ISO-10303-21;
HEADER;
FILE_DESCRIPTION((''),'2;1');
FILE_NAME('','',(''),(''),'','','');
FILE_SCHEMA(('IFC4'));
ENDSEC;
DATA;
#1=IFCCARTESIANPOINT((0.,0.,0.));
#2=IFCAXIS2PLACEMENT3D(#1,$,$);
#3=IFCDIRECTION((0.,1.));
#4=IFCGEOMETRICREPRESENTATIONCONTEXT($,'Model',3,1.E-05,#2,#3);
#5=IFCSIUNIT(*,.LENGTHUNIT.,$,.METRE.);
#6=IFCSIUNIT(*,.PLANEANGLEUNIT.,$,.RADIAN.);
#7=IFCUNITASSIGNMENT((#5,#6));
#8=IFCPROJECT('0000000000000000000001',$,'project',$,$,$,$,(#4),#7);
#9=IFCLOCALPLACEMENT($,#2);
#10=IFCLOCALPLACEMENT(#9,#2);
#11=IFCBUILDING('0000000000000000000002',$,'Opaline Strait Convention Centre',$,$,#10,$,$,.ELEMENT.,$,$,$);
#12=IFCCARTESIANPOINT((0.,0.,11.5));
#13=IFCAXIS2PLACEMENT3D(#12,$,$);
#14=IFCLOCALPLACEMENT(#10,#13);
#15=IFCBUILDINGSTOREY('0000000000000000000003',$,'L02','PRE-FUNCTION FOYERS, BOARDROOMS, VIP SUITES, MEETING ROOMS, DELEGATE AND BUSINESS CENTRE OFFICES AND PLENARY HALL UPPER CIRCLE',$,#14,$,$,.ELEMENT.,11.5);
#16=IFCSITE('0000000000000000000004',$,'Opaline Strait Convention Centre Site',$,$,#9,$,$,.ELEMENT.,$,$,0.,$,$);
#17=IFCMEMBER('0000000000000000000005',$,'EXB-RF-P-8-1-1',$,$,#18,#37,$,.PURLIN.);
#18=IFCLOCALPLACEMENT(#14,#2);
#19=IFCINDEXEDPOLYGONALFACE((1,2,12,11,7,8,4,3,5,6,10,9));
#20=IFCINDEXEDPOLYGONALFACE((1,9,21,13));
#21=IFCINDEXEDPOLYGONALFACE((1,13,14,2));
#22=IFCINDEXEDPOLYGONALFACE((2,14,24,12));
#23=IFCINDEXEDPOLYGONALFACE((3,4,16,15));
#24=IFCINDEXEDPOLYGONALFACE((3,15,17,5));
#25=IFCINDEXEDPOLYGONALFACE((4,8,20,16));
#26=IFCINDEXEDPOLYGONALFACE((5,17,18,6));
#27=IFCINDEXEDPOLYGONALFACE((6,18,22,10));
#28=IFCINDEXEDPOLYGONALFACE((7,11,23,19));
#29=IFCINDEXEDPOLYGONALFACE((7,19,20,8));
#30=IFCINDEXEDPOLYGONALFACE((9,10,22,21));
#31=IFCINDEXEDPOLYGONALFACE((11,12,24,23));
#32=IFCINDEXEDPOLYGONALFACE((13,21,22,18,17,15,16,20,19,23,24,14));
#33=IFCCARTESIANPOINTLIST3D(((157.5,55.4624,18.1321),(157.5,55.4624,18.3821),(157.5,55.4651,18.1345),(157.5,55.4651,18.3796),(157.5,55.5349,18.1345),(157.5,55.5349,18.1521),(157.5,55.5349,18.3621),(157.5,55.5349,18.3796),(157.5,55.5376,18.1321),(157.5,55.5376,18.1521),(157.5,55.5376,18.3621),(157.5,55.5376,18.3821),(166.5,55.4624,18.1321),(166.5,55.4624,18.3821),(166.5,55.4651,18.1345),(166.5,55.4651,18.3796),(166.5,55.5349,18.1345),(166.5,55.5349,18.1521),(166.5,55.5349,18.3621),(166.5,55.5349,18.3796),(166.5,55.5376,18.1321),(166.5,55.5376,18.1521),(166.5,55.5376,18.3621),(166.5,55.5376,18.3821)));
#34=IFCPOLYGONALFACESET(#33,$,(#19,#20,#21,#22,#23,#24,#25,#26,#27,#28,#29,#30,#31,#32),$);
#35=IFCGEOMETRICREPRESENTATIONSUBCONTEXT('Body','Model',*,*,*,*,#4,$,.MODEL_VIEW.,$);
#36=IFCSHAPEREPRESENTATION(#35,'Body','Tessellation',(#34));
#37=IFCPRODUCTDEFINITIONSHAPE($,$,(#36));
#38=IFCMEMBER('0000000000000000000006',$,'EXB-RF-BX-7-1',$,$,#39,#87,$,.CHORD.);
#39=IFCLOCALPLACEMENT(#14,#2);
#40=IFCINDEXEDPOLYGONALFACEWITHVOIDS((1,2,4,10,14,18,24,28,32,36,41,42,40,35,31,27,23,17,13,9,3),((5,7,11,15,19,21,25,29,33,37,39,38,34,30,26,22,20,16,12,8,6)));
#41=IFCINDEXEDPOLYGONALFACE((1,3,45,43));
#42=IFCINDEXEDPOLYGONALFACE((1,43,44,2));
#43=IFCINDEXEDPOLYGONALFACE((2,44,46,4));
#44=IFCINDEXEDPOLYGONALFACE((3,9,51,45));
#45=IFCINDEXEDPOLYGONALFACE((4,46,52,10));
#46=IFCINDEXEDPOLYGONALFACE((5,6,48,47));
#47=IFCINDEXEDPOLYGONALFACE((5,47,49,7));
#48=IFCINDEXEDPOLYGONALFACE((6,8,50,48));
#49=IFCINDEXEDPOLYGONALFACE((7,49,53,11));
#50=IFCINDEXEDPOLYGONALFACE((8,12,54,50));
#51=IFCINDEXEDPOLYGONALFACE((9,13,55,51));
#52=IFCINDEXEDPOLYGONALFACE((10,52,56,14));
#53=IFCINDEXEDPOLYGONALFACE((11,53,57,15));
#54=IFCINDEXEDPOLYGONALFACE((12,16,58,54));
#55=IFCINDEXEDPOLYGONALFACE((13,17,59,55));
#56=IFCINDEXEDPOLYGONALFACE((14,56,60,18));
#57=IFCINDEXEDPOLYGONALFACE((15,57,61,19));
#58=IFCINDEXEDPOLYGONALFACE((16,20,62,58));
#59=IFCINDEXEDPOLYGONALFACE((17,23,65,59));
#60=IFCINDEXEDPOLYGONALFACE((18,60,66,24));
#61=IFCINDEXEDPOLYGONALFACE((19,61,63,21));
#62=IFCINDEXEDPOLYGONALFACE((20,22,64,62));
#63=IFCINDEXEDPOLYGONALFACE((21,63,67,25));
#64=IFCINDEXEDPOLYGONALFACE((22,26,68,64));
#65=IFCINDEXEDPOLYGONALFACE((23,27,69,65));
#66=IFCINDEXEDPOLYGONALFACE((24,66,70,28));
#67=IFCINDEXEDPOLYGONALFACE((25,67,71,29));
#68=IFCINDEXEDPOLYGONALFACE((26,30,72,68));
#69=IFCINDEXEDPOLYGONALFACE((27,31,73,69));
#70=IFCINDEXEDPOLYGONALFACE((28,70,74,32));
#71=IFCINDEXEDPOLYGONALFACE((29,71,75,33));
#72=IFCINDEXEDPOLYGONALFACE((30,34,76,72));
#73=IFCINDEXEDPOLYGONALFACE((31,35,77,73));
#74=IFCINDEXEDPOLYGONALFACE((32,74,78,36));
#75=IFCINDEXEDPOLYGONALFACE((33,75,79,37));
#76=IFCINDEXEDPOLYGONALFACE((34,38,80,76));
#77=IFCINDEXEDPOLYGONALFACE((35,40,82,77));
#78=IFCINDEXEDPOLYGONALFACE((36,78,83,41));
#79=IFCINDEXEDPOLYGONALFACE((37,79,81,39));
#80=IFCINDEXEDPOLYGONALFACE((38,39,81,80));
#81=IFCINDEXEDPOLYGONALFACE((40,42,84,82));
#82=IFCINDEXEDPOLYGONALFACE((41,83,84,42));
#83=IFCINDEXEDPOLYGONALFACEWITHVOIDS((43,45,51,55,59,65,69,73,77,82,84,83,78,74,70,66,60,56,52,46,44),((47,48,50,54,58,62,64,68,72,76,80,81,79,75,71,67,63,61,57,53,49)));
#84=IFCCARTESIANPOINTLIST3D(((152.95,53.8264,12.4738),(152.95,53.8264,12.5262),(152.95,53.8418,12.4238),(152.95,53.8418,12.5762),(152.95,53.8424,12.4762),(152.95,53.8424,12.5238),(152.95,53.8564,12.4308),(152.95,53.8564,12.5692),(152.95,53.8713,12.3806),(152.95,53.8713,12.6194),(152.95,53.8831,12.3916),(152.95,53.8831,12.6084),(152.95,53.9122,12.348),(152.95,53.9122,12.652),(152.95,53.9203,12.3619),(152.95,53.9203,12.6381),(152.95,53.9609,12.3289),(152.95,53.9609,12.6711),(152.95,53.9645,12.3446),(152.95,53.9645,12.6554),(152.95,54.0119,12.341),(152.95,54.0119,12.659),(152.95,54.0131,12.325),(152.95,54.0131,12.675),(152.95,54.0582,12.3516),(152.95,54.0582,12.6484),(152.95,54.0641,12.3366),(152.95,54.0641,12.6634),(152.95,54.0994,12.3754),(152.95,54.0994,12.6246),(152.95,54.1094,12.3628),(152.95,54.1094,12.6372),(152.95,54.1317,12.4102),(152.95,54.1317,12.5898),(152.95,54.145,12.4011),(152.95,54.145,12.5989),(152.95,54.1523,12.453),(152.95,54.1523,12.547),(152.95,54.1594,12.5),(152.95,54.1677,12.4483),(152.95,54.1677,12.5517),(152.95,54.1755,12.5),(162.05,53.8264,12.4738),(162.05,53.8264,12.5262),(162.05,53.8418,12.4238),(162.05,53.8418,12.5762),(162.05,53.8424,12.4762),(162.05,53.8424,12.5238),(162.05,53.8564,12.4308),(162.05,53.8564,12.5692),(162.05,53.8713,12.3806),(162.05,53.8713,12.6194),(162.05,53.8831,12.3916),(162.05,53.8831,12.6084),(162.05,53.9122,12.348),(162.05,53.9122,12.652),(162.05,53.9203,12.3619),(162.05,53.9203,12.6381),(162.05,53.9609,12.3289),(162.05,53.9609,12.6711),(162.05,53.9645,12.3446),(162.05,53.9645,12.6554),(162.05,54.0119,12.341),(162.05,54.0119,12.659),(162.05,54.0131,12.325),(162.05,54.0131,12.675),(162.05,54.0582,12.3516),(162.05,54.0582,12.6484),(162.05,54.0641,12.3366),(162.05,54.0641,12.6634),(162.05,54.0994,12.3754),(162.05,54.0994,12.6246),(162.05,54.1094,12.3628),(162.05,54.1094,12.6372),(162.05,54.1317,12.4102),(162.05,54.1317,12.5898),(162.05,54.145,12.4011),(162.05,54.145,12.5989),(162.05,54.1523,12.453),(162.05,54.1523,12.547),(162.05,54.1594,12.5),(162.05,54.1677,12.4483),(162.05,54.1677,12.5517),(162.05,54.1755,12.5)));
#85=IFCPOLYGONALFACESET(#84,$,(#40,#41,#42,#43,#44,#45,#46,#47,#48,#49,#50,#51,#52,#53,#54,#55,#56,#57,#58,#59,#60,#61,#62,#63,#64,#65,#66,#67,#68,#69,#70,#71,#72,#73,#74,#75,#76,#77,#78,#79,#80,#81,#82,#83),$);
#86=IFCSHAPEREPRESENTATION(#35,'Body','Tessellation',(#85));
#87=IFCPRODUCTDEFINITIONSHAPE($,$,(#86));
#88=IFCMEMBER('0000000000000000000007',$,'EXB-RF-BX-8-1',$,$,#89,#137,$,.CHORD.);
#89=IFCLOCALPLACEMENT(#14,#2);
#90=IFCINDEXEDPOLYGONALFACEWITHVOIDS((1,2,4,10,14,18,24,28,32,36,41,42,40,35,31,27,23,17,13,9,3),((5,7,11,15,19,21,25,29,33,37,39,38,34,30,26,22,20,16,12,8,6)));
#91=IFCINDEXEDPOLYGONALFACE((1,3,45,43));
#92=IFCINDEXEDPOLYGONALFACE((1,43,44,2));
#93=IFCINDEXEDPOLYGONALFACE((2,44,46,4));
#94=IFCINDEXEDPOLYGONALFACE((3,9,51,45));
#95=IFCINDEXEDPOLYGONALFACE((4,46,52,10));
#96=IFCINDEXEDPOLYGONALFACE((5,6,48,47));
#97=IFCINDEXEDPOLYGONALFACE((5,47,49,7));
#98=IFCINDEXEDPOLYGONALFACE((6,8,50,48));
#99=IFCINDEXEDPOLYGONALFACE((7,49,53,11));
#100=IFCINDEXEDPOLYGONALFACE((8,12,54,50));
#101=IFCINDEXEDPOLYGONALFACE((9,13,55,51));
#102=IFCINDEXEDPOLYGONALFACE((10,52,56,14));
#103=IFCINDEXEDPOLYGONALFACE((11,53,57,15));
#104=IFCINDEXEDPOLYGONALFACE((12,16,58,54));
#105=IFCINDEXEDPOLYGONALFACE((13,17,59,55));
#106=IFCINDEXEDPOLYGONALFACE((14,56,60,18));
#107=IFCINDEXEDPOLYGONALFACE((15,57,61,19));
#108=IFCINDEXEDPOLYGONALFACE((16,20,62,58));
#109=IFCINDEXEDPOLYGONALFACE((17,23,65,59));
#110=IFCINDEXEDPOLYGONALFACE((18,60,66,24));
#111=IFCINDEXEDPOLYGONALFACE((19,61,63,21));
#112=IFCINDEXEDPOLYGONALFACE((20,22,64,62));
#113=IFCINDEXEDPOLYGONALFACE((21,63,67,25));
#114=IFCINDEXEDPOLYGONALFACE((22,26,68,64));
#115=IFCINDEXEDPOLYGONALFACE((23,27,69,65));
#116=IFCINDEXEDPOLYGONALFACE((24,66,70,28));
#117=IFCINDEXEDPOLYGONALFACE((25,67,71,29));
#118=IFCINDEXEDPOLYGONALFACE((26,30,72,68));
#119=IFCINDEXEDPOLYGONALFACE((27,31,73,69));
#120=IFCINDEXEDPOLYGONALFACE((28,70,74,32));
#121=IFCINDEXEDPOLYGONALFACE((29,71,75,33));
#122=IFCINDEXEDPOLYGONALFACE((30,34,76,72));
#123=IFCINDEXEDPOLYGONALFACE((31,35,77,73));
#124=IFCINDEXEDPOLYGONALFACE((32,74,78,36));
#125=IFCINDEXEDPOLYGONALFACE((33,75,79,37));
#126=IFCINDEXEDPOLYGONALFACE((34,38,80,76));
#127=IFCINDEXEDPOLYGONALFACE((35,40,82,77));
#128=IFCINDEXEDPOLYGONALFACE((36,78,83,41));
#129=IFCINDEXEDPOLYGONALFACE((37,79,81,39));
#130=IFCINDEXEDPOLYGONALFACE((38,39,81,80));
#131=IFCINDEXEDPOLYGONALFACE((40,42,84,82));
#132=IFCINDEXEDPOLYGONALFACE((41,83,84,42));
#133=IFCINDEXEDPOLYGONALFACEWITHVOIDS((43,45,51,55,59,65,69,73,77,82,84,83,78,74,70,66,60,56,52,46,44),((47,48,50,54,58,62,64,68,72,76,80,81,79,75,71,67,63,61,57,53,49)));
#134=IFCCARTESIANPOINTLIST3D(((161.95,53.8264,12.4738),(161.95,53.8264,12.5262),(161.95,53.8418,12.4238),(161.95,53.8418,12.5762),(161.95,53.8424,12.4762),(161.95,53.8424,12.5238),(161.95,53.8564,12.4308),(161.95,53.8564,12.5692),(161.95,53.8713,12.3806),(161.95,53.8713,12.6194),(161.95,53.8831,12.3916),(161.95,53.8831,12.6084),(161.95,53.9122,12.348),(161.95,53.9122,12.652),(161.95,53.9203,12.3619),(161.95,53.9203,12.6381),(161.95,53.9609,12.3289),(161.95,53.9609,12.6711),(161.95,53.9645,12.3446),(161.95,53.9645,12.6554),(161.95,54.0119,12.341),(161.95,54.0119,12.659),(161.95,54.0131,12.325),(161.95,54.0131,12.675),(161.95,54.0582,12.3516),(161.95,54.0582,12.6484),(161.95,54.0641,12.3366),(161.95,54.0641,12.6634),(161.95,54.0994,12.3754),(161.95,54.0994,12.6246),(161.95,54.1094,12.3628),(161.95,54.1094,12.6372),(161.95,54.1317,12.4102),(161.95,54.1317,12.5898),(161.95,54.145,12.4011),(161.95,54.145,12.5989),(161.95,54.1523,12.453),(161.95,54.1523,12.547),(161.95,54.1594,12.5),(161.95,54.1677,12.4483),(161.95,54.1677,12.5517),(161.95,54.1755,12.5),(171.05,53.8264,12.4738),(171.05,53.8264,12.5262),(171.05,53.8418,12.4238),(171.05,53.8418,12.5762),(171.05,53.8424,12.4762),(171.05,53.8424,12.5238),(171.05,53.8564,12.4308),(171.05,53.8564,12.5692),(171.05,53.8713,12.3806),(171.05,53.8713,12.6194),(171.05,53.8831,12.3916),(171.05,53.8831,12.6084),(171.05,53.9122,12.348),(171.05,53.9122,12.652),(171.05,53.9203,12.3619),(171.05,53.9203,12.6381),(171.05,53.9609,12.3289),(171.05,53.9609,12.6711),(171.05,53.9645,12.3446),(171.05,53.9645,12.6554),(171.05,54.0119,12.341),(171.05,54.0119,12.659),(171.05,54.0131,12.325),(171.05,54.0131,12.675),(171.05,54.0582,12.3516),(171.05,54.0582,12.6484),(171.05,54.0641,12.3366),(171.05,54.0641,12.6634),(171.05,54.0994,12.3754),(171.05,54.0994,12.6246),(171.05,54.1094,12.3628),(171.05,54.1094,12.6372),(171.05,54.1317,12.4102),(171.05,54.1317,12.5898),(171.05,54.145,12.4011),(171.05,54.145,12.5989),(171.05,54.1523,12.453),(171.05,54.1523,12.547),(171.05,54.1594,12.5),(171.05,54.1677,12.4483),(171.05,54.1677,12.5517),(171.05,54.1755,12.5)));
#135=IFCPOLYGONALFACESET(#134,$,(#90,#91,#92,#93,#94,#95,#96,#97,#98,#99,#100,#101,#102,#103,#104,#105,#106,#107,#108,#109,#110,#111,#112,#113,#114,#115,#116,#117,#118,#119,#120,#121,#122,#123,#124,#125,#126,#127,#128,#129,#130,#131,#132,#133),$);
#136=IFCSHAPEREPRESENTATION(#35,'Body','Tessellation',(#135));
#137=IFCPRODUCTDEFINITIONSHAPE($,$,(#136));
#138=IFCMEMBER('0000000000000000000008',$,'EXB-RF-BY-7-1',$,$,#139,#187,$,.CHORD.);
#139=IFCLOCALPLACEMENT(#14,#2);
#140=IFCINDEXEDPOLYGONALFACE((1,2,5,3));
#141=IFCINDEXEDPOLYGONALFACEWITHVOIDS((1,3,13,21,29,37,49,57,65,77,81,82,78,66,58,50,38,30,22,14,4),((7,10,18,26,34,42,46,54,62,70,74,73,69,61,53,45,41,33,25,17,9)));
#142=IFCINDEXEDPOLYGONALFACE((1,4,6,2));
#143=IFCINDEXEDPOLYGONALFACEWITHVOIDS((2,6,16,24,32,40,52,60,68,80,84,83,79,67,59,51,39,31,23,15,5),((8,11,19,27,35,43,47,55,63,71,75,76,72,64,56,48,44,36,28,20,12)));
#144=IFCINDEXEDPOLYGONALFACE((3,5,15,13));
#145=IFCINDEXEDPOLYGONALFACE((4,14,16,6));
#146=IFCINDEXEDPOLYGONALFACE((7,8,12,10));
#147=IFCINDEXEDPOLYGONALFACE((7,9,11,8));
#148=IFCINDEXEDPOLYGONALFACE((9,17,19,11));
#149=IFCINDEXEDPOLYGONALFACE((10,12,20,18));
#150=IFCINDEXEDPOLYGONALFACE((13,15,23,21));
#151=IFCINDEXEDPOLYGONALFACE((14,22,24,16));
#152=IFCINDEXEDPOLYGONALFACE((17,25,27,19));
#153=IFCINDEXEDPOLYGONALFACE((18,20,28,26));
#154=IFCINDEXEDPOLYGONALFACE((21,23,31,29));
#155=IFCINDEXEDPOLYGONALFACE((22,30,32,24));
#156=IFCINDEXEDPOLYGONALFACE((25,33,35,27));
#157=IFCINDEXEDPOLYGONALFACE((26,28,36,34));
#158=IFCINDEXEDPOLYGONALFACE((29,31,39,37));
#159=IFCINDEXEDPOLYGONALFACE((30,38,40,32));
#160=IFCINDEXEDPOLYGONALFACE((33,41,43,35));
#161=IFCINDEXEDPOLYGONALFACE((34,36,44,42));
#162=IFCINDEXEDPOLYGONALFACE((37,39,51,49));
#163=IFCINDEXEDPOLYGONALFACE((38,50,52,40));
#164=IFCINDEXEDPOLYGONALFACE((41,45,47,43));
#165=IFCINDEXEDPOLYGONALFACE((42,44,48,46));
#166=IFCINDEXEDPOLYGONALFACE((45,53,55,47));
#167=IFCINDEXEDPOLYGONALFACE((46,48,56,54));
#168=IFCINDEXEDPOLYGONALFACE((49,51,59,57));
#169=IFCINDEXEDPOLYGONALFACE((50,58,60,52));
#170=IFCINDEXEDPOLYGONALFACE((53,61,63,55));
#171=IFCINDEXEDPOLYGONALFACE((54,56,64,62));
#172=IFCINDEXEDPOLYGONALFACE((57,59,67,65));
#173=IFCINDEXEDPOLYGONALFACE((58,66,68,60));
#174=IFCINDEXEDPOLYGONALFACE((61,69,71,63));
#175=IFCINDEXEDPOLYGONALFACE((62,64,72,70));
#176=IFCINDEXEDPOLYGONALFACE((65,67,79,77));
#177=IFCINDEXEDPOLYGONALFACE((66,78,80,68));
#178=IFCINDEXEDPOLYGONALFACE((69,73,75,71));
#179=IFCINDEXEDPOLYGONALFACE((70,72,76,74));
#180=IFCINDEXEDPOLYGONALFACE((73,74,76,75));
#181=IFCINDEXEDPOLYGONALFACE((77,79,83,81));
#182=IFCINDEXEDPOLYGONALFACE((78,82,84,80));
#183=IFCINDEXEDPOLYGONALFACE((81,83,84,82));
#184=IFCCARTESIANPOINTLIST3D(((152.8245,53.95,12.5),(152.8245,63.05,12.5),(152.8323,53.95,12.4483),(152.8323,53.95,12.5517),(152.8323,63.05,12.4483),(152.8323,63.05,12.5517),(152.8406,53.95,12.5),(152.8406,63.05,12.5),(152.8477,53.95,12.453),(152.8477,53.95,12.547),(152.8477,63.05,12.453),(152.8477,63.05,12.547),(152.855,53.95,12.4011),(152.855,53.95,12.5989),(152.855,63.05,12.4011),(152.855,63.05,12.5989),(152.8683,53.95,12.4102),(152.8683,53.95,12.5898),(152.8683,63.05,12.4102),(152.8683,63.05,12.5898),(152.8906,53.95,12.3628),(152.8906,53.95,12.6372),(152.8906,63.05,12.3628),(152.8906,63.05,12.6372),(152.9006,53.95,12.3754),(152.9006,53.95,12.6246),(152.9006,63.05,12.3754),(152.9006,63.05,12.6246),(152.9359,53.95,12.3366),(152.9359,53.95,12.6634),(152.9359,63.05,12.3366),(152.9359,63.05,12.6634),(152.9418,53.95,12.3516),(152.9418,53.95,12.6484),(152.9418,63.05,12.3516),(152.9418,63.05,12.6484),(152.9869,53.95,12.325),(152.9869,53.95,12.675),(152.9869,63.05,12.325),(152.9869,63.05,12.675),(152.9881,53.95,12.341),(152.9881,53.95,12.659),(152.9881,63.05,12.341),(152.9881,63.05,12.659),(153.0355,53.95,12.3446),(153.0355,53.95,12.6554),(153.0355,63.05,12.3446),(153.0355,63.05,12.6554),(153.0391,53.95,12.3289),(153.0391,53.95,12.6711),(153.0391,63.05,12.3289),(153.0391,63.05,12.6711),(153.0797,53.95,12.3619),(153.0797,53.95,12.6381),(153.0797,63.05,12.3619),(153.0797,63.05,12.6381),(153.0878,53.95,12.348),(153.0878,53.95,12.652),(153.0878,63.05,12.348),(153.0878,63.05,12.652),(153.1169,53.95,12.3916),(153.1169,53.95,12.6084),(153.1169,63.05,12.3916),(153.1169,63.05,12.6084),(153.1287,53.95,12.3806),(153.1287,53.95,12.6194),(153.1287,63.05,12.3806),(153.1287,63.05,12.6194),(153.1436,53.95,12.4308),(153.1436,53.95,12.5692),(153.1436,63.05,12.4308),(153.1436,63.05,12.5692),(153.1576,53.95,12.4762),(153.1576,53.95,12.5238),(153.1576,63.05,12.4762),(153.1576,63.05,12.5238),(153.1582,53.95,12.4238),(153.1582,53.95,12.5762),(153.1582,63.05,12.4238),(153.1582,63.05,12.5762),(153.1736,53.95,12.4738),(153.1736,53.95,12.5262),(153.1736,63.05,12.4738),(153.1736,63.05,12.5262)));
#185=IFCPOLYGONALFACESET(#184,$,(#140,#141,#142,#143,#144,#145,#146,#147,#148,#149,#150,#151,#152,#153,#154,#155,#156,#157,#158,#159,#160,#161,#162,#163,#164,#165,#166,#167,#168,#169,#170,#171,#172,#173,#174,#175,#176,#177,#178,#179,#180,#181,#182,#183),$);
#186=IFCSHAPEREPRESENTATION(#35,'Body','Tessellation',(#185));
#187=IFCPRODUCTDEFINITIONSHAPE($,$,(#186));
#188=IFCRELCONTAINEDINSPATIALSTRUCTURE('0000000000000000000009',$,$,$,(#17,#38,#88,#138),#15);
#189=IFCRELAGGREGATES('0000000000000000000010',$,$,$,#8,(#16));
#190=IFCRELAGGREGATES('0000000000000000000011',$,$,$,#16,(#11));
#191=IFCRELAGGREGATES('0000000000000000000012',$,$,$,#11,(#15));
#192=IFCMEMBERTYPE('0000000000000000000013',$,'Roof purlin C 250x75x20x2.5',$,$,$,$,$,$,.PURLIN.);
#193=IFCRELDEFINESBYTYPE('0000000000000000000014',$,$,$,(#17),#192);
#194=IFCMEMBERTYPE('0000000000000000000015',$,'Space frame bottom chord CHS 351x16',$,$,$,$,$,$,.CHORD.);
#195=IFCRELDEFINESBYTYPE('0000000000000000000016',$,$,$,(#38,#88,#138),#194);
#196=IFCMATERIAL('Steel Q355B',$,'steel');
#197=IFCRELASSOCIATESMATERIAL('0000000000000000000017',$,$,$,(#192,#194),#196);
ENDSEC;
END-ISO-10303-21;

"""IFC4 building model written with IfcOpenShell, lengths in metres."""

from ifc_helpers import new_model, si_unit, direction, frame, origin, origin_2d, place, context, subcontext, project, spatial, polyline, hollow_circle, outline, extrude, material, material_profile, profile_set, type_object, element, save


model = new_model("IFC4")

# Units and contexts
model_context = context("Model", 3, precision=1e-05, world=origin(), true_north=direction((0.0, 1.0)))
body_context = subcontext(model_context, "Body", "Model", "MODEL_VIEW")
ifc_project = project(units=[si_unit("LENGTHUNIT", "METRE"), si_unit("PLANEANGLEUNIT", "RADIAN")], contexts=[model_context])

# Site, building, storey
site_placement = place(None, origin())
site = spatial("IfcSite", under=ifc_project, at=site_placement, Name="Opaline Strait Convention Centre Site", CompositionType="ELEMENT", RefElevation=0.0)
building_placement = place(site_placement, origin())
building = spatial("IfcBuilding", under=site, at=building_placement, Name="Opaline Strait Convention Centre", CompositionType="ELEMENT")
storey_placement = place(building_placement, frame((0.0, 0.0, 11.5)))
storey = spatial("IfcBuildingStorey", under=building, at=storey_placement, Name="L02", Description="PRE-FUNCTION FOYERS, BOARDROOMS, VIP SUITES, MEETING ROOMS, DELEGATE AND BUSINESS CENTRE OFFICES AND PLENARY HALL UPPER CIRCLE", CompositionType="ELEMENT", Elevation=11.5)

# Members
ifc_material_1 = material(Name="Steel Q355B", Category="steel")
ifc_material_profile_1 = material_profile(ifc_material_1, outline(polyline([(-0.0376, -0.125), (0.0376, -0.125), (0.0376, -0.105), (0.0349, -0.105), (0.0349, -0.1226), (-0.0349, -0.1226), (-0.0349, 0.1226), (0.0349, 0.1226), (0.0349, 0.105), (0.0376, 0.105), (0.0376, 0.125), (-0.0376, 0.125), (-0.0376, -0.125)])), Name="C 250x75x20x2.5")
ifc_profile_set_1 = profile_set([ifc_material_profile_1], Name="Steel Q355B")
member_type_1 = type_object("IfcMemberType", Name="Roof purlin C 250x75x20x2.5", PredefinedType="PURLIN", material=ifc_profile_set_1)
member_1_placement = place(storey_placement, frame((157.5, 55.5, 18.2571), z_axis=(1.0, 0.0, 0.0), x_axis=(0.0, 1.0, 0.0)))
element("IfcMember", 1, at=member_1_placement, inside=storey, type_object=member_type_1, Name="EXB-RF-P-8-1-1", PredefinedType="PURLIN", context=body_context, shape_type="SweptSolid", body=[
    extrude(outline(polyline([(-0.0376, -0.125), (0.0376, -0.125), (0.0376, -0.105), (0.0349, -0.105), (0.0349, -0.1226), (-0.0349, -0.1226), (-0.0349, 0.1226), (0.0349, 0.1226), (0.0349, 0.105), (0.0376, 0.105), (0.0376, 0.125), (-0.0376, 0.125), (-0.0376, -0.125)])), origin(), (0.0, 0.0, 1.0), 9.0),
])
ifc_material_profile_2 = material_profile(ifc_material_1, hollow_circle(Radius=0.1755, WallThickness=0.0161, at=origin_2d()), Name="CHS 351x16")
ifc_profile_set_2 = profile_set([ifc_material_profile_2], Name="Steel Q355B")
member_type_2 = type_object("IfcMemberType", Name="Space frame bottom chord CHS 351x16", PredefinedType="CHORD", material=ifc_profile_set_2)
for number, where, z_axis, x_axis, name in (
    (2, (152.95, 54.0, 12.5), (1.0, 0.0, 0.0), (0.0, 1.0, 0.0), "EXB-RF-BX-7-1"),
    (3, (161.95, 54.0, 12.5), (1.0, 0.0, 0.0), (0.0, 1.0, 0.0), "EXB-RF-BX-8-1"),
    (4, (153.0, 53.95, 12.5), (0.0, 1.0, 0.0), (-1.0, 0.0, 0.0), "EXB-RF-BY-7-1"),
):
    element("IfcMember", number, at=place(storey_placement, frame(where, z_axis=z_axis, x_axis=x_axis)), inside=storey, type_object=member_type_2, Name=name, PredefinedType="CHORD", context=body_context, shape_type="SweptSolid", body=[
        extrude(hollow_circle(Radius=0.1755, WallThickness=0.0161, at=origin_2d()), origin(), (0.0, 0.0, 1.0), 9.1001),
    ])

save(model, "model.ifc")
